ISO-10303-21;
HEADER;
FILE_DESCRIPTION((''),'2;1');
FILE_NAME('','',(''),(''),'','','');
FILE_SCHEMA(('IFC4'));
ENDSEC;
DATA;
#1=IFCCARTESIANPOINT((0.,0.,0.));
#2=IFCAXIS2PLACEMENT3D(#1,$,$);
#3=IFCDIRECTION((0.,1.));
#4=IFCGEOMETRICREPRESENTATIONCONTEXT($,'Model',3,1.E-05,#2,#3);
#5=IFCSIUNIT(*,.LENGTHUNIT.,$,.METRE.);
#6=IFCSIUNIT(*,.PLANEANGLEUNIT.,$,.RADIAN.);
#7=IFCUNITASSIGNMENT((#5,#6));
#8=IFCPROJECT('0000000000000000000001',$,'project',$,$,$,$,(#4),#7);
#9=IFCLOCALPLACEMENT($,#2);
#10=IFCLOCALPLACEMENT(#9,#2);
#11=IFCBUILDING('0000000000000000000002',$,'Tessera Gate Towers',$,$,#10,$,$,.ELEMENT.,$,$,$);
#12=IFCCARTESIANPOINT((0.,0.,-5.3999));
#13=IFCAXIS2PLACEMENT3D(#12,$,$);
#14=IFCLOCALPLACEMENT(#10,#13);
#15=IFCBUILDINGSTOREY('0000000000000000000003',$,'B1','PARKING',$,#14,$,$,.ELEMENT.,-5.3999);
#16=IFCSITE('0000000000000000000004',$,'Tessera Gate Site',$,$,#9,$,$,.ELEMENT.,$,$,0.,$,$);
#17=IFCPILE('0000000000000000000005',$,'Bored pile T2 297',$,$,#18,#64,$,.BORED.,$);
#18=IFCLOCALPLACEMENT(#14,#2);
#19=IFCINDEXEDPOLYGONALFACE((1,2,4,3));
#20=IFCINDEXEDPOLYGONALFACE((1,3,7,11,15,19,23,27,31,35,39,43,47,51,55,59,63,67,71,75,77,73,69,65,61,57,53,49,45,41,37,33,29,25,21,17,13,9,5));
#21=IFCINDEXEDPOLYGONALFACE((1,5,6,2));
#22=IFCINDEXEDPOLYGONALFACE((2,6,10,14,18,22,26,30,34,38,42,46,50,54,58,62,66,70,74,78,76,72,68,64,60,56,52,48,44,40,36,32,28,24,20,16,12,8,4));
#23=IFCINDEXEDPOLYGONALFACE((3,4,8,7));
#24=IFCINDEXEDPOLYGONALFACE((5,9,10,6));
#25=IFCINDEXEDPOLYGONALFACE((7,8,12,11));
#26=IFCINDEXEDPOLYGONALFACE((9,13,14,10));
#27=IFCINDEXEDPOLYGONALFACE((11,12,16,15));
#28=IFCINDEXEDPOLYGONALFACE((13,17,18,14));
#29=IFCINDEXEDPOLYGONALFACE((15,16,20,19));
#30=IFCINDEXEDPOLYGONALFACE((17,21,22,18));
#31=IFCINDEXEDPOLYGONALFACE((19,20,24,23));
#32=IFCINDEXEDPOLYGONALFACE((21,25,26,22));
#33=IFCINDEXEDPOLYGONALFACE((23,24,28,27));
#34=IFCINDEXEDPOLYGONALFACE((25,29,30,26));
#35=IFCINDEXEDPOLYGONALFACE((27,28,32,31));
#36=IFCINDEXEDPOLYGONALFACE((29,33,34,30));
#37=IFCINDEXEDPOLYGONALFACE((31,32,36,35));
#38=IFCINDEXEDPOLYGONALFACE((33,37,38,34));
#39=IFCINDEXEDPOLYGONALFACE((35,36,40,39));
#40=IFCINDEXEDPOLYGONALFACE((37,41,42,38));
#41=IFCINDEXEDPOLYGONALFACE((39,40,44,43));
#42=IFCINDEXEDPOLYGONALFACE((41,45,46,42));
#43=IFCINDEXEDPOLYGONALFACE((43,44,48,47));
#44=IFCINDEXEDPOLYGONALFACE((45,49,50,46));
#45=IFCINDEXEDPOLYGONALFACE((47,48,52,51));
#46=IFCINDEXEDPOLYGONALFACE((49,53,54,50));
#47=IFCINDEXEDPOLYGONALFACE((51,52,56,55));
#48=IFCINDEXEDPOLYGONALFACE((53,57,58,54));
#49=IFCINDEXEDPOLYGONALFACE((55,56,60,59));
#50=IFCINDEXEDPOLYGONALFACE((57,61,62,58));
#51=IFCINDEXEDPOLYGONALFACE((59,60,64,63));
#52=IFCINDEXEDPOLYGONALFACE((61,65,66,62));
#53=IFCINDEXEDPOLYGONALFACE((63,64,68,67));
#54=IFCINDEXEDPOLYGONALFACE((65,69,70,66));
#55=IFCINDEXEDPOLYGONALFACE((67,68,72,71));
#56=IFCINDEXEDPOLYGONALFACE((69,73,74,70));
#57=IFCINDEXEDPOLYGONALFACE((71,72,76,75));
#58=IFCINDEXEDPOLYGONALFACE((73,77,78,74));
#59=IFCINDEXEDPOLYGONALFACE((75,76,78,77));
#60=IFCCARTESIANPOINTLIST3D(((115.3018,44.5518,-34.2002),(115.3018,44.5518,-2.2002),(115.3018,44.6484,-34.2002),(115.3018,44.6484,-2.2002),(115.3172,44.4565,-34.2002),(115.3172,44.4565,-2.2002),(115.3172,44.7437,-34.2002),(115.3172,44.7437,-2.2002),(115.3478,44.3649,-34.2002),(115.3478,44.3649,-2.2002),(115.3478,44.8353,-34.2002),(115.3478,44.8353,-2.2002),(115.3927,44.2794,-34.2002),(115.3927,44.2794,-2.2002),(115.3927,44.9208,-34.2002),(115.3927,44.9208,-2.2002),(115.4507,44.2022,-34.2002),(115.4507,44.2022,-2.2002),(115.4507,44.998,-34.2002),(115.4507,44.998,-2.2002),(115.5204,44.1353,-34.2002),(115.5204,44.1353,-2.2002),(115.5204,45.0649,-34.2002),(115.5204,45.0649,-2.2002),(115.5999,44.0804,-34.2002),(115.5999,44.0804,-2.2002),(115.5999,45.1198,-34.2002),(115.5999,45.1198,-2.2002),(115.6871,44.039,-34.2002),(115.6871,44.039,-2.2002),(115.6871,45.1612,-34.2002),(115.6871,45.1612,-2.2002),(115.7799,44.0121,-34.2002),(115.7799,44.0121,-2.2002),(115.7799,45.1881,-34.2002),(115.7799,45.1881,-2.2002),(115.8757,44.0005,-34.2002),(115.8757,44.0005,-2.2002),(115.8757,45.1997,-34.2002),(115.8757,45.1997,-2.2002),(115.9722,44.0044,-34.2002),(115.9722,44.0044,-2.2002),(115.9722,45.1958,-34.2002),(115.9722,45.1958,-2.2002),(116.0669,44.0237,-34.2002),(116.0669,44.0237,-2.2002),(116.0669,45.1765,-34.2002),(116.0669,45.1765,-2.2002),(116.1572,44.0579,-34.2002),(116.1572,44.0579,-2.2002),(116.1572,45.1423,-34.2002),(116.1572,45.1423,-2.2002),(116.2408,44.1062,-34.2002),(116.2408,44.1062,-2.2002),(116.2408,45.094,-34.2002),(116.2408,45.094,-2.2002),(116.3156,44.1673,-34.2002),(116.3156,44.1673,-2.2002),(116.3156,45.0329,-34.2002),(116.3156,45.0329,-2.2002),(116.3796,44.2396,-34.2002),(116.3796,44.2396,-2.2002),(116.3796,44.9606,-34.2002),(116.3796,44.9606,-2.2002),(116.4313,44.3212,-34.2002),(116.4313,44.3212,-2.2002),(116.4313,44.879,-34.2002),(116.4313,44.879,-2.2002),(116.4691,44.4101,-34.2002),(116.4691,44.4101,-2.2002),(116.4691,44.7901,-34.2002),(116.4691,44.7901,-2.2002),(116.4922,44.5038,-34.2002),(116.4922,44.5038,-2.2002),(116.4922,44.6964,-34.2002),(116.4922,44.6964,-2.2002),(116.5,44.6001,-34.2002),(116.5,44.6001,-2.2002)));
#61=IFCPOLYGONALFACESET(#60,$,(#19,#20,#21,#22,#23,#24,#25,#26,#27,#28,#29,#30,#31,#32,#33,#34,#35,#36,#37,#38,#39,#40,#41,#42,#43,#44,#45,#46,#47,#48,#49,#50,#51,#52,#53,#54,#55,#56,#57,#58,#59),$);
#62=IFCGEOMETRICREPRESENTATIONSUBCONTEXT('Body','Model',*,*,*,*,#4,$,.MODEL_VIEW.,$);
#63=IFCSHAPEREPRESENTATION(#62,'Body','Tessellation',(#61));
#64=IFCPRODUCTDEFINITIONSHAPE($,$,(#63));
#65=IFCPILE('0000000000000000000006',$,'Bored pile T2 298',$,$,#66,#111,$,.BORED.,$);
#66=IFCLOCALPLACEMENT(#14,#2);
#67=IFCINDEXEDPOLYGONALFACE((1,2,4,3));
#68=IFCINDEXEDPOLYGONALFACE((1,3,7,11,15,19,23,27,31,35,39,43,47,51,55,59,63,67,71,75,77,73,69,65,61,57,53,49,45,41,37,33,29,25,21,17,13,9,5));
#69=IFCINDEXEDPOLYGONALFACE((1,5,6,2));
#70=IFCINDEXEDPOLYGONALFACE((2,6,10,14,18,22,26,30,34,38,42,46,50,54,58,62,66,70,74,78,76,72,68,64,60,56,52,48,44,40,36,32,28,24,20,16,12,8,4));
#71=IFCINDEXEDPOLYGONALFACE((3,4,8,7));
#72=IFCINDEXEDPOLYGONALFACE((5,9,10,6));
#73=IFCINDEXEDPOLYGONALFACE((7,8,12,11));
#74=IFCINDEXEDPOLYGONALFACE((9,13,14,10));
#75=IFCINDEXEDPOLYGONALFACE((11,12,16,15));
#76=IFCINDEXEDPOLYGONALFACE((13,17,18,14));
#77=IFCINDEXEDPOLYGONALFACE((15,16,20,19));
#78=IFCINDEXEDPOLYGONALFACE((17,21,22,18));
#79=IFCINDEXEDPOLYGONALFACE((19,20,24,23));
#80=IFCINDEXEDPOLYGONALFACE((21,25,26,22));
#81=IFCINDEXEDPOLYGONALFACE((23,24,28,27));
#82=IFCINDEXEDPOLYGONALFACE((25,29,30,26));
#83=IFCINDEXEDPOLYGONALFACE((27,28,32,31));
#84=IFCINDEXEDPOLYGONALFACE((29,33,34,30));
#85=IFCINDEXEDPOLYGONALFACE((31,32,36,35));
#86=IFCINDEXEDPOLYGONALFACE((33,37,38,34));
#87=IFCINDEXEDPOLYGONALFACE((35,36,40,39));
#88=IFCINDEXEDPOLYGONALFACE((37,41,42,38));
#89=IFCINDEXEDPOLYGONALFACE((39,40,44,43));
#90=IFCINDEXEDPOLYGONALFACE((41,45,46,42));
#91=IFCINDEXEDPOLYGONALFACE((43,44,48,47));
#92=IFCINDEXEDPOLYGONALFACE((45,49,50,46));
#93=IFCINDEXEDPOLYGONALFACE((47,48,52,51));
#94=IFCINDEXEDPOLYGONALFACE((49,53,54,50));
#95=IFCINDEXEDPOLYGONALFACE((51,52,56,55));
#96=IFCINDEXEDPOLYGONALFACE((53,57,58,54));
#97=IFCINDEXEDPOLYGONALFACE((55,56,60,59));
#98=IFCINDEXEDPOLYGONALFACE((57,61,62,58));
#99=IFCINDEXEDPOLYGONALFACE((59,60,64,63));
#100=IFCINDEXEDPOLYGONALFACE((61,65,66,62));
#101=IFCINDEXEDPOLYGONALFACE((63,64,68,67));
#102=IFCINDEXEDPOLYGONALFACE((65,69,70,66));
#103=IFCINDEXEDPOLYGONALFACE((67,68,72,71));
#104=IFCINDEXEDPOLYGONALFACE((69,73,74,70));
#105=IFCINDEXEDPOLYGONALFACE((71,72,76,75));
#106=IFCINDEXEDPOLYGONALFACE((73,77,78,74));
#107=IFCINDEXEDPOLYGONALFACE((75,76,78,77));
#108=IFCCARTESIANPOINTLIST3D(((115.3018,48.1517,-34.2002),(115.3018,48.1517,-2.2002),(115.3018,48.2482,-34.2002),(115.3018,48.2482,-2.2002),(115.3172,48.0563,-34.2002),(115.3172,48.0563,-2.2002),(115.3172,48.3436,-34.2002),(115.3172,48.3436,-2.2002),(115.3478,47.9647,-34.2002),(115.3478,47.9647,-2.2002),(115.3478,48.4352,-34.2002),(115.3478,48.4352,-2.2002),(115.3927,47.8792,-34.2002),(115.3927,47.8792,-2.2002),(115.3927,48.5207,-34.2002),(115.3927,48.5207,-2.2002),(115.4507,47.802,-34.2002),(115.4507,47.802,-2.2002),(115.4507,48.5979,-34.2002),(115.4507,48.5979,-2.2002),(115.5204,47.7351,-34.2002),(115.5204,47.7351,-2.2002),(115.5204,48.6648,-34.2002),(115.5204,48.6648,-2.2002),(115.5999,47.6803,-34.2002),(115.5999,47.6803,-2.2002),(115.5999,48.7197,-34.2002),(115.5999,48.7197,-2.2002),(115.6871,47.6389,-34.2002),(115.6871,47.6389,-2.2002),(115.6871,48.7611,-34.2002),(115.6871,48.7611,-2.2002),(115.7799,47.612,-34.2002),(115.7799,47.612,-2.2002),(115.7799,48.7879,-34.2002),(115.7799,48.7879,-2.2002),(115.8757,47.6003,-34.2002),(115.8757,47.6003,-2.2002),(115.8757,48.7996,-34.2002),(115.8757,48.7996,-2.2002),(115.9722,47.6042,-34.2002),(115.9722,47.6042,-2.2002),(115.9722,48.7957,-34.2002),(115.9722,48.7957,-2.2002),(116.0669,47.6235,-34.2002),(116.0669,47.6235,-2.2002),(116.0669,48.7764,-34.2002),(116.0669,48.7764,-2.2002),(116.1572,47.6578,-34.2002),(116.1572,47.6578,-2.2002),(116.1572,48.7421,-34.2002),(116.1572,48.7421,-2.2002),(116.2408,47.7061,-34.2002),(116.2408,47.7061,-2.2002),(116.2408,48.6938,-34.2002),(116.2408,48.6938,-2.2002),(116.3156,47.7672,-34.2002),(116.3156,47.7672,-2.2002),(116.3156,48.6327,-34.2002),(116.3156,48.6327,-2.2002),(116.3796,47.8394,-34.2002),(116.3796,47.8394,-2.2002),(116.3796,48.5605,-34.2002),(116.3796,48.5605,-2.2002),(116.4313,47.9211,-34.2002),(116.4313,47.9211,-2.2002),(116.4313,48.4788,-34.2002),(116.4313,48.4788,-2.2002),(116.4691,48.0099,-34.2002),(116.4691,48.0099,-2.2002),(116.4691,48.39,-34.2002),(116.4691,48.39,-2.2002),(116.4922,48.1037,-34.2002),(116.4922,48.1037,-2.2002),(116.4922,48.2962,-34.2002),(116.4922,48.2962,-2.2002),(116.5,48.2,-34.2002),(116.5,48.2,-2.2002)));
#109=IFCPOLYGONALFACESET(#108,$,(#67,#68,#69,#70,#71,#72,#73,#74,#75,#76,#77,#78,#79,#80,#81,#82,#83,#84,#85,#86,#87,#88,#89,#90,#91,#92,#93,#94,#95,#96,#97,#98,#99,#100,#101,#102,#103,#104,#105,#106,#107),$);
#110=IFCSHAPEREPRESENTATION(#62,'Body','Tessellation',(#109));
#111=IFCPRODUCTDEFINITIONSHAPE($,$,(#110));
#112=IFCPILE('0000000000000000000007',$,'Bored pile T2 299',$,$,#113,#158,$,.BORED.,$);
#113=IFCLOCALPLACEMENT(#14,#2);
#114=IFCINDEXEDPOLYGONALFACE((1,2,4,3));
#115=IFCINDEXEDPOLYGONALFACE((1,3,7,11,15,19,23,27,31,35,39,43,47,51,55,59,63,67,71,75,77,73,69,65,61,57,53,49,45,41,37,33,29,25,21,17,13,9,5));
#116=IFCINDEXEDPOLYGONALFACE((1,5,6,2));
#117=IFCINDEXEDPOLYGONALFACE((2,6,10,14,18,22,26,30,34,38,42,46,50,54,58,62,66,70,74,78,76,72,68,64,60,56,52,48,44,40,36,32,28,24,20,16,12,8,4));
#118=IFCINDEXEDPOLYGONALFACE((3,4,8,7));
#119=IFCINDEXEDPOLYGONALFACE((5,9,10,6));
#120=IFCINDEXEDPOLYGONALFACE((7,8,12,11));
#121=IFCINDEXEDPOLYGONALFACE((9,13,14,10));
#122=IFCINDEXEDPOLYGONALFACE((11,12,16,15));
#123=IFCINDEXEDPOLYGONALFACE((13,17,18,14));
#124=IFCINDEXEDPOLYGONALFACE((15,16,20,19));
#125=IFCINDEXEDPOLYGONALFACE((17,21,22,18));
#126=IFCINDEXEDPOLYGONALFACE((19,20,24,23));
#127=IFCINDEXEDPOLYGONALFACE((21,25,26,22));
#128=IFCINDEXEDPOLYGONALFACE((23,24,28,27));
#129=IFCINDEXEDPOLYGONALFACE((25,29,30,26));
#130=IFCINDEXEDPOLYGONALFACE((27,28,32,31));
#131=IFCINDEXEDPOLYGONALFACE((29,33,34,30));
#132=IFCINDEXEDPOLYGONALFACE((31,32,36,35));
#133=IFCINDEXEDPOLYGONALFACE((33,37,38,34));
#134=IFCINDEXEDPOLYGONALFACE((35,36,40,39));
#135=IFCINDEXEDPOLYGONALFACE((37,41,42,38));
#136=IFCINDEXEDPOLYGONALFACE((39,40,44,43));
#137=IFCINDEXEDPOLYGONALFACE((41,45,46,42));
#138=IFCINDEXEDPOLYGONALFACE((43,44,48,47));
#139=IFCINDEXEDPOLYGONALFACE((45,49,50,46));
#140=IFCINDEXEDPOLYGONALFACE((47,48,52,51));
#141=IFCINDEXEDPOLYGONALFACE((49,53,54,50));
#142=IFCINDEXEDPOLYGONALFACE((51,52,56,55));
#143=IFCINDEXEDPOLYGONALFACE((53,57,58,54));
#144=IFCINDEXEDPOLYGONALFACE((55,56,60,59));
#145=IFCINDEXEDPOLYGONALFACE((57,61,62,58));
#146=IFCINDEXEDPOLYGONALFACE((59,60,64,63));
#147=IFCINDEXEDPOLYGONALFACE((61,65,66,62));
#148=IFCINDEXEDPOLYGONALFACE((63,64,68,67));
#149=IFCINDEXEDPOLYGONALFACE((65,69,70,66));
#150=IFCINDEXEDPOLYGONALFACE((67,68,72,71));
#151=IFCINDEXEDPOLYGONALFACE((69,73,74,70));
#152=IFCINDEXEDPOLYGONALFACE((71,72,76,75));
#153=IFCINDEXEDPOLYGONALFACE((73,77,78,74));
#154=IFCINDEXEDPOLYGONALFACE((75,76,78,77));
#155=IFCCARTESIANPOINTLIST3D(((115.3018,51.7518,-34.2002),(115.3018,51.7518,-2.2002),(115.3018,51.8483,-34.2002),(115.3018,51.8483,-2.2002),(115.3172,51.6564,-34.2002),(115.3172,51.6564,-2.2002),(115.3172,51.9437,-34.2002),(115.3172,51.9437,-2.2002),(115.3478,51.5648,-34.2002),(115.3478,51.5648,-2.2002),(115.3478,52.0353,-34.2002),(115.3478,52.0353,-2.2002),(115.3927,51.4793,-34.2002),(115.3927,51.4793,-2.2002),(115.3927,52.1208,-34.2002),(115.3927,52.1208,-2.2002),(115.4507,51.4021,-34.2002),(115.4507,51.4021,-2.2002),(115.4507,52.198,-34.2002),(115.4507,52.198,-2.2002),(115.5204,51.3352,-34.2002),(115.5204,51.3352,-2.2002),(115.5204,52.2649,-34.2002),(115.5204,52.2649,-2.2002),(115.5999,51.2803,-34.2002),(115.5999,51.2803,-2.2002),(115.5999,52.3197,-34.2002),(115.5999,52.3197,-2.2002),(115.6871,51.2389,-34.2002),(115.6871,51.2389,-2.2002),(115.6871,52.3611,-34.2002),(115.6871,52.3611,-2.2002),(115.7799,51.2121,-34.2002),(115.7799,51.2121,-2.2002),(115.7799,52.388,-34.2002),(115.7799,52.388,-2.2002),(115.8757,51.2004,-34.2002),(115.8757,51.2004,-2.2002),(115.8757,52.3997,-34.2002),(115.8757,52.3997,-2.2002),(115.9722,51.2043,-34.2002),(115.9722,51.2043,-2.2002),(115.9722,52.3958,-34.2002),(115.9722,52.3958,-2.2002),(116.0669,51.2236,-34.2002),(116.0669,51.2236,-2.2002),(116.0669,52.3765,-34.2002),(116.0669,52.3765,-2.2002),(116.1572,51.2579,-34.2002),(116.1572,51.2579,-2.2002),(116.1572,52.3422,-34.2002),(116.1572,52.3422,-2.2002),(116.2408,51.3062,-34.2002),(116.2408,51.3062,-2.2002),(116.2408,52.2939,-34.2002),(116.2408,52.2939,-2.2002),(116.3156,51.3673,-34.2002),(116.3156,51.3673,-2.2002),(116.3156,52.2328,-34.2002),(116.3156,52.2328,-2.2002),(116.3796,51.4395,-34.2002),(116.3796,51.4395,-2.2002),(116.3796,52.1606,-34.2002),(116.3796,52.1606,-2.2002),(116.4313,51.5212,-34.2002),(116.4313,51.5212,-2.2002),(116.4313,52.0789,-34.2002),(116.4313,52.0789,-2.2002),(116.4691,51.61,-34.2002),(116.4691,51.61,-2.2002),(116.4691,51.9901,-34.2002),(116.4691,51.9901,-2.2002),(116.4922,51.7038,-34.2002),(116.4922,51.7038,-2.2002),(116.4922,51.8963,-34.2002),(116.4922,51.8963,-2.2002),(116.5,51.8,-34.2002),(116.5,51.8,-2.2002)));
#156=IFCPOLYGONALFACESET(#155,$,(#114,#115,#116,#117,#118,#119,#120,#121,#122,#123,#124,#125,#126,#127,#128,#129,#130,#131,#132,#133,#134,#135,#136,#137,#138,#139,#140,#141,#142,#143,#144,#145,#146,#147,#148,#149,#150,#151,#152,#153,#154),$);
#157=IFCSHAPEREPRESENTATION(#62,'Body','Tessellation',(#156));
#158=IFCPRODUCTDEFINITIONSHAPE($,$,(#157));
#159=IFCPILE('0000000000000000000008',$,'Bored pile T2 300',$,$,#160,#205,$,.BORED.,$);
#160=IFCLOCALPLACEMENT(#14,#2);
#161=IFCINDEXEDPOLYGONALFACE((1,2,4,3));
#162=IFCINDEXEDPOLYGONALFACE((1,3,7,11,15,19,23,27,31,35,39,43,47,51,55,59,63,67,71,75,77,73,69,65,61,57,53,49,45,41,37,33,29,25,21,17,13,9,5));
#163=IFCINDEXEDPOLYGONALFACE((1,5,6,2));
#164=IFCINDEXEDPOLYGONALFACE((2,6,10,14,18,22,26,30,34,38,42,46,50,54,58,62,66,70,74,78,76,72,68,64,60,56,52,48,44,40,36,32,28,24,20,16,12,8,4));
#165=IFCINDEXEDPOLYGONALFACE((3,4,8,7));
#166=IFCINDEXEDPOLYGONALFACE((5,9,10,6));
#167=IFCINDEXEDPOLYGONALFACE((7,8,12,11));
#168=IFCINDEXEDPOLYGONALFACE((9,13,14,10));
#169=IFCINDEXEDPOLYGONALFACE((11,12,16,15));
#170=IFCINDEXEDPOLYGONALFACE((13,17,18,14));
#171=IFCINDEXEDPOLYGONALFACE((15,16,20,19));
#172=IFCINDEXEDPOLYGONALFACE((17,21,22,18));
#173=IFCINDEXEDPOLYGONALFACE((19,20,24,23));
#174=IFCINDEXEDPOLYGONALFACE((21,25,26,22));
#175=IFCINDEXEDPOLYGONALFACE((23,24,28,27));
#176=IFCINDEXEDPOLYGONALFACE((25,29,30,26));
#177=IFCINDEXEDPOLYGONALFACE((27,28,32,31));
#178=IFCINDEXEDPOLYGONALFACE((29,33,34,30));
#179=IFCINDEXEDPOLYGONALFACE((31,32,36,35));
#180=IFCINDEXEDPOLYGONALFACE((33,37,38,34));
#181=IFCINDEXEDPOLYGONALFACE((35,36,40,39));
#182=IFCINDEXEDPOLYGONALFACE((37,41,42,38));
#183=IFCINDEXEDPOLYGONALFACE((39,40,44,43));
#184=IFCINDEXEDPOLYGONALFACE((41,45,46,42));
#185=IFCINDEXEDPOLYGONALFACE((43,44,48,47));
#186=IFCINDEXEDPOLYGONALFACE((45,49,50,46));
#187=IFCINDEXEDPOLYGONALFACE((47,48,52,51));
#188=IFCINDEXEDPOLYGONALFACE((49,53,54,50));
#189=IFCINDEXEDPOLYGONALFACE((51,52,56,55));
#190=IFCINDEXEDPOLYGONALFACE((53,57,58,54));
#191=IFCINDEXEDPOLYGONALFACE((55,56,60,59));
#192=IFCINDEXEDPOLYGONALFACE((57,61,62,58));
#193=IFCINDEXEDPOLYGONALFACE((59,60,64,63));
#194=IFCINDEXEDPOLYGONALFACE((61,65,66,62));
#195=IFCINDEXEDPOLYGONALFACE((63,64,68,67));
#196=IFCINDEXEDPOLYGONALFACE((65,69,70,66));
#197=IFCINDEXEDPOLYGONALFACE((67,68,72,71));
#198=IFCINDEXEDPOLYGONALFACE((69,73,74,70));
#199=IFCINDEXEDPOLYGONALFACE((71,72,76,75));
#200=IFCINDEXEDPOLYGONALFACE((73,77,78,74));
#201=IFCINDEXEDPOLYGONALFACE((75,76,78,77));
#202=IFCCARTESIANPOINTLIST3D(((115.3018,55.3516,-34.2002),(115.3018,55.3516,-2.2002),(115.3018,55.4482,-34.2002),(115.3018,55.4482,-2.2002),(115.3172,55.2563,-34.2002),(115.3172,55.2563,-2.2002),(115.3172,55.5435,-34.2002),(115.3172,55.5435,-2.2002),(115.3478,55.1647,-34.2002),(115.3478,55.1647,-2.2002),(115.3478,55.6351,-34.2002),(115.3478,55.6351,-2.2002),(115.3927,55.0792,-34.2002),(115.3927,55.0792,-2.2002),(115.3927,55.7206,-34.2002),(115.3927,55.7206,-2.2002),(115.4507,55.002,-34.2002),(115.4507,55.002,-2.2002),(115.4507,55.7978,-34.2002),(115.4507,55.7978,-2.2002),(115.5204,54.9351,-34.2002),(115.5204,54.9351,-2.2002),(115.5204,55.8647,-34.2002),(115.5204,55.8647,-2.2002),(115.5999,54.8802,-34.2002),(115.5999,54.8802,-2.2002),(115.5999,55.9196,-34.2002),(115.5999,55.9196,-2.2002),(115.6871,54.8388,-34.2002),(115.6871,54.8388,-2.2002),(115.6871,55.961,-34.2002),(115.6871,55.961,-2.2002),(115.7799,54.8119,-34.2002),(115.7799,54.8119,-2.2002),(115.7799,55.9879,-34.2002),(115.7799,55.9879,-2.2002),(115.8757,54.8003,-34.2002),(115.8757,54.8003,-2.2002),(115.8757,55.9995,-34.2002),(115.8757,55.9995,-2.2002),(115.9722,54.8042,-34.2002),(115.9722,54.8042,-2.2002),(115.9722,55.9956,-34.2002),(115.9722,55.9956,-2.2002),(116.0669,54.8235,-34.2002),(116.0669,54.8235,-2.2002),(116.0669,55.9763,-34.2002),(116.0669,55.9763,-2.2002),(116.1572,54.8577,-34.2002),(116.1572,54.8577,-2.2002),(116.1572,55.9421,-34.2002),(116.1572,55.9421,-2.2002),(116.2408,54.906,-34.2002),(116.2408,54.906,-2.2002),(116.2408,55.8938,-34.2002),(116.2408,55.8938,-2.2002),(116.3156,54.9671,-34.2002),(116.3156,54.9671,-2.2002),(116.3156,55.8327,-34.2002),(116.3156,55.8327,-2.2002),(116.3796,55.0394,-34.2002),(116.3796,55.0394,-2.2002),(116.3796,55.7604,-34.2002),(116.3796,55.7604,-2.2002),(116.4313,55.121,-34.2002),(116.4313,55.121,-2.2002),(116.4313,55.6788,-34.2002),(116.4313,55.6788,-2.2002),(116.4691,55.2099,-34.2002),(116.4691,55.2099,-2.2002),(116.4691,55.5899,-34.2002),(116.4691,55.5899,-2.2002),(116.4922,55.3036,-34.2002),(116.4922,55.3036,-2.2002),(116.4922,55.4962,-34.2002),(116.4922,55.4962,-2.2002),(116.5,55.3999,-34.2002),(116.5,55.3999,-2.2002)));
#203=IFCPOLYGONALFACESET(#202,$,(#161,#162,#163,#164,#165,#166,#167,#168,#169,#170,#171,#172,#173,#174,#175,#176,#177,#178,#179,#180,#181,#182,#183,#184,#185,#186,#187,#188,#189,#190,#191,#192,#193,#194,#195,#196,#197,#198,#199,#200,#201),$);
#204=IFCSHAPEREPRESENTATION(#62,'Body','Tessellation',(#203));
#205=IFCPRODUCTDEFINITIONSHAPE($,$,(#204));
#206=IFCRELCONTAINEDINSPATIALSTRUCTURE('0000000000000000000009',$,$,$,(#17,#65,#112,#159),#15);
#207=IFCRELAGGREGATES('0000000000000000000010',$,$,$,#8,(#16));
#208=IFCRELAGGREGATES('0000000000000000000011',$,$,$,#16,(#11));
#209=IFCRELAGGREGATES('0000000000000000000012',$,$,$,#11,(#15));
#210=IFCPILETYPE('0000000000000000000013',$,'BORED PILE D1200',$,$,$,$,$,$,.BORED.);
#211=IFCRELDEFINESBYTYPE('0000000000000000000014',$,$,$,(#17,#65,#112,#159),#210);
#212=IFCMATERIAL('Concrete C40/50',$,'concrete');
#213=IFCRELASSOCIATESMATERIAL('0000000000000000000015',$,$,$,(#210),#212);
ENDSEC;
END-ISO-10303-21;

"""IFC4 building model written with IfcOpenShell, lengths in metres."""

from ifc_helpers import new_model, si_unit, direction, frame, origin, origin_2d, place, context, subcontext, project, spatial, circle, extrude, material, material_profile, profile_set, type_object, element, save


model = new_model("IFC4")

# Units and contexts
model_context = context("Model", 3, precision=1e-05, world=origin(), true_north=direction((0.0, 1.0)))
body_context = subcontext(model_context, "Body", "Model", "MODEL_VIEW")
ifc_project = project(units=[si_unit("LENGTHUNIT", "METRE"), si_unit("PLANEANGLEUNIT", "RADIAN")], contexts=[model_context])

# Site, building, storey
site_placement = place(None, origin())
site = spatial("IfcSite", under=ifc_project, at=site_placement, Name="Tessera Gate Site", CompositionType="ELEMENT", RefElevation=0.0)
building_placement = place(site_placement, origin())
building = spatial("IfcBuilding", under=site, at=building_placement, Name="Tessera Gate Towers", CompositionType="ELEMENT")
storey_placement = place(building_placement, frame((0.0, 0.0, -5.3999)))
storey = spatial("IfcBuildingStorey", under=building, at=storey_placement, Name="B1", Description="PARKING", CompositionType="ELEMENT", Elevation=-5.3999)

# Piles
ifc_material_1 = material(Name="Concrete C40/50", Category="concrete")
ifc_material_profile_1 = material_profile(ifc_material_1, circle(Radius=0.6001, at=origin_2d()), Name="BORED PILE D1200")
ifc_profile_set_1 = profile_set([ifc_material_profile_1], Name="Concrete C40/50")
pile_type = type_object("IfcPileType", Name="BORED PILE D1200", PredefinedType="BORED", material=ifc_profile_set_1)
for number, where, z_axis, x_axis, name in (
    (1, (115.8999, 44.6001, -2.2002), (0.0, 0.0, -1.0), (1.0, 0.0, 0.0), "Bored pile T2 297"),
    (2, (115.8999, 48.2, -2.2002), (0.0, 0.0, -1.0), (1.0, 0.0, 0.0), "Bored pile T2 298"),
    (3, (115.8999, 51.8, -2.2002), (0.0, 0.0, -1.0), (1.0, 0.0, 0.0), "Bored pile T2 299"),
    (4, (115.8999, 55.3999, -2.2002), (0.0, 0.0, -1.0), (1.0, 0.0, 0.0), "Bored pile T2 300"),
):
    element("IfcPile", number, at=place(storey_placement, frame(where, z_axis=z_axis, x_axis=x_axis)), inside=storey, type_object=pile_type, Name=name, PredefinedType="BORED", context=body_context, shape_type="SweptSolid", body=[
        extrude(circle(Radius=0.6001, at=origin_2d()), origin(), (0.0, 0.0, 1.0), 32.0),
    ])

save(model, "model.ifc")
